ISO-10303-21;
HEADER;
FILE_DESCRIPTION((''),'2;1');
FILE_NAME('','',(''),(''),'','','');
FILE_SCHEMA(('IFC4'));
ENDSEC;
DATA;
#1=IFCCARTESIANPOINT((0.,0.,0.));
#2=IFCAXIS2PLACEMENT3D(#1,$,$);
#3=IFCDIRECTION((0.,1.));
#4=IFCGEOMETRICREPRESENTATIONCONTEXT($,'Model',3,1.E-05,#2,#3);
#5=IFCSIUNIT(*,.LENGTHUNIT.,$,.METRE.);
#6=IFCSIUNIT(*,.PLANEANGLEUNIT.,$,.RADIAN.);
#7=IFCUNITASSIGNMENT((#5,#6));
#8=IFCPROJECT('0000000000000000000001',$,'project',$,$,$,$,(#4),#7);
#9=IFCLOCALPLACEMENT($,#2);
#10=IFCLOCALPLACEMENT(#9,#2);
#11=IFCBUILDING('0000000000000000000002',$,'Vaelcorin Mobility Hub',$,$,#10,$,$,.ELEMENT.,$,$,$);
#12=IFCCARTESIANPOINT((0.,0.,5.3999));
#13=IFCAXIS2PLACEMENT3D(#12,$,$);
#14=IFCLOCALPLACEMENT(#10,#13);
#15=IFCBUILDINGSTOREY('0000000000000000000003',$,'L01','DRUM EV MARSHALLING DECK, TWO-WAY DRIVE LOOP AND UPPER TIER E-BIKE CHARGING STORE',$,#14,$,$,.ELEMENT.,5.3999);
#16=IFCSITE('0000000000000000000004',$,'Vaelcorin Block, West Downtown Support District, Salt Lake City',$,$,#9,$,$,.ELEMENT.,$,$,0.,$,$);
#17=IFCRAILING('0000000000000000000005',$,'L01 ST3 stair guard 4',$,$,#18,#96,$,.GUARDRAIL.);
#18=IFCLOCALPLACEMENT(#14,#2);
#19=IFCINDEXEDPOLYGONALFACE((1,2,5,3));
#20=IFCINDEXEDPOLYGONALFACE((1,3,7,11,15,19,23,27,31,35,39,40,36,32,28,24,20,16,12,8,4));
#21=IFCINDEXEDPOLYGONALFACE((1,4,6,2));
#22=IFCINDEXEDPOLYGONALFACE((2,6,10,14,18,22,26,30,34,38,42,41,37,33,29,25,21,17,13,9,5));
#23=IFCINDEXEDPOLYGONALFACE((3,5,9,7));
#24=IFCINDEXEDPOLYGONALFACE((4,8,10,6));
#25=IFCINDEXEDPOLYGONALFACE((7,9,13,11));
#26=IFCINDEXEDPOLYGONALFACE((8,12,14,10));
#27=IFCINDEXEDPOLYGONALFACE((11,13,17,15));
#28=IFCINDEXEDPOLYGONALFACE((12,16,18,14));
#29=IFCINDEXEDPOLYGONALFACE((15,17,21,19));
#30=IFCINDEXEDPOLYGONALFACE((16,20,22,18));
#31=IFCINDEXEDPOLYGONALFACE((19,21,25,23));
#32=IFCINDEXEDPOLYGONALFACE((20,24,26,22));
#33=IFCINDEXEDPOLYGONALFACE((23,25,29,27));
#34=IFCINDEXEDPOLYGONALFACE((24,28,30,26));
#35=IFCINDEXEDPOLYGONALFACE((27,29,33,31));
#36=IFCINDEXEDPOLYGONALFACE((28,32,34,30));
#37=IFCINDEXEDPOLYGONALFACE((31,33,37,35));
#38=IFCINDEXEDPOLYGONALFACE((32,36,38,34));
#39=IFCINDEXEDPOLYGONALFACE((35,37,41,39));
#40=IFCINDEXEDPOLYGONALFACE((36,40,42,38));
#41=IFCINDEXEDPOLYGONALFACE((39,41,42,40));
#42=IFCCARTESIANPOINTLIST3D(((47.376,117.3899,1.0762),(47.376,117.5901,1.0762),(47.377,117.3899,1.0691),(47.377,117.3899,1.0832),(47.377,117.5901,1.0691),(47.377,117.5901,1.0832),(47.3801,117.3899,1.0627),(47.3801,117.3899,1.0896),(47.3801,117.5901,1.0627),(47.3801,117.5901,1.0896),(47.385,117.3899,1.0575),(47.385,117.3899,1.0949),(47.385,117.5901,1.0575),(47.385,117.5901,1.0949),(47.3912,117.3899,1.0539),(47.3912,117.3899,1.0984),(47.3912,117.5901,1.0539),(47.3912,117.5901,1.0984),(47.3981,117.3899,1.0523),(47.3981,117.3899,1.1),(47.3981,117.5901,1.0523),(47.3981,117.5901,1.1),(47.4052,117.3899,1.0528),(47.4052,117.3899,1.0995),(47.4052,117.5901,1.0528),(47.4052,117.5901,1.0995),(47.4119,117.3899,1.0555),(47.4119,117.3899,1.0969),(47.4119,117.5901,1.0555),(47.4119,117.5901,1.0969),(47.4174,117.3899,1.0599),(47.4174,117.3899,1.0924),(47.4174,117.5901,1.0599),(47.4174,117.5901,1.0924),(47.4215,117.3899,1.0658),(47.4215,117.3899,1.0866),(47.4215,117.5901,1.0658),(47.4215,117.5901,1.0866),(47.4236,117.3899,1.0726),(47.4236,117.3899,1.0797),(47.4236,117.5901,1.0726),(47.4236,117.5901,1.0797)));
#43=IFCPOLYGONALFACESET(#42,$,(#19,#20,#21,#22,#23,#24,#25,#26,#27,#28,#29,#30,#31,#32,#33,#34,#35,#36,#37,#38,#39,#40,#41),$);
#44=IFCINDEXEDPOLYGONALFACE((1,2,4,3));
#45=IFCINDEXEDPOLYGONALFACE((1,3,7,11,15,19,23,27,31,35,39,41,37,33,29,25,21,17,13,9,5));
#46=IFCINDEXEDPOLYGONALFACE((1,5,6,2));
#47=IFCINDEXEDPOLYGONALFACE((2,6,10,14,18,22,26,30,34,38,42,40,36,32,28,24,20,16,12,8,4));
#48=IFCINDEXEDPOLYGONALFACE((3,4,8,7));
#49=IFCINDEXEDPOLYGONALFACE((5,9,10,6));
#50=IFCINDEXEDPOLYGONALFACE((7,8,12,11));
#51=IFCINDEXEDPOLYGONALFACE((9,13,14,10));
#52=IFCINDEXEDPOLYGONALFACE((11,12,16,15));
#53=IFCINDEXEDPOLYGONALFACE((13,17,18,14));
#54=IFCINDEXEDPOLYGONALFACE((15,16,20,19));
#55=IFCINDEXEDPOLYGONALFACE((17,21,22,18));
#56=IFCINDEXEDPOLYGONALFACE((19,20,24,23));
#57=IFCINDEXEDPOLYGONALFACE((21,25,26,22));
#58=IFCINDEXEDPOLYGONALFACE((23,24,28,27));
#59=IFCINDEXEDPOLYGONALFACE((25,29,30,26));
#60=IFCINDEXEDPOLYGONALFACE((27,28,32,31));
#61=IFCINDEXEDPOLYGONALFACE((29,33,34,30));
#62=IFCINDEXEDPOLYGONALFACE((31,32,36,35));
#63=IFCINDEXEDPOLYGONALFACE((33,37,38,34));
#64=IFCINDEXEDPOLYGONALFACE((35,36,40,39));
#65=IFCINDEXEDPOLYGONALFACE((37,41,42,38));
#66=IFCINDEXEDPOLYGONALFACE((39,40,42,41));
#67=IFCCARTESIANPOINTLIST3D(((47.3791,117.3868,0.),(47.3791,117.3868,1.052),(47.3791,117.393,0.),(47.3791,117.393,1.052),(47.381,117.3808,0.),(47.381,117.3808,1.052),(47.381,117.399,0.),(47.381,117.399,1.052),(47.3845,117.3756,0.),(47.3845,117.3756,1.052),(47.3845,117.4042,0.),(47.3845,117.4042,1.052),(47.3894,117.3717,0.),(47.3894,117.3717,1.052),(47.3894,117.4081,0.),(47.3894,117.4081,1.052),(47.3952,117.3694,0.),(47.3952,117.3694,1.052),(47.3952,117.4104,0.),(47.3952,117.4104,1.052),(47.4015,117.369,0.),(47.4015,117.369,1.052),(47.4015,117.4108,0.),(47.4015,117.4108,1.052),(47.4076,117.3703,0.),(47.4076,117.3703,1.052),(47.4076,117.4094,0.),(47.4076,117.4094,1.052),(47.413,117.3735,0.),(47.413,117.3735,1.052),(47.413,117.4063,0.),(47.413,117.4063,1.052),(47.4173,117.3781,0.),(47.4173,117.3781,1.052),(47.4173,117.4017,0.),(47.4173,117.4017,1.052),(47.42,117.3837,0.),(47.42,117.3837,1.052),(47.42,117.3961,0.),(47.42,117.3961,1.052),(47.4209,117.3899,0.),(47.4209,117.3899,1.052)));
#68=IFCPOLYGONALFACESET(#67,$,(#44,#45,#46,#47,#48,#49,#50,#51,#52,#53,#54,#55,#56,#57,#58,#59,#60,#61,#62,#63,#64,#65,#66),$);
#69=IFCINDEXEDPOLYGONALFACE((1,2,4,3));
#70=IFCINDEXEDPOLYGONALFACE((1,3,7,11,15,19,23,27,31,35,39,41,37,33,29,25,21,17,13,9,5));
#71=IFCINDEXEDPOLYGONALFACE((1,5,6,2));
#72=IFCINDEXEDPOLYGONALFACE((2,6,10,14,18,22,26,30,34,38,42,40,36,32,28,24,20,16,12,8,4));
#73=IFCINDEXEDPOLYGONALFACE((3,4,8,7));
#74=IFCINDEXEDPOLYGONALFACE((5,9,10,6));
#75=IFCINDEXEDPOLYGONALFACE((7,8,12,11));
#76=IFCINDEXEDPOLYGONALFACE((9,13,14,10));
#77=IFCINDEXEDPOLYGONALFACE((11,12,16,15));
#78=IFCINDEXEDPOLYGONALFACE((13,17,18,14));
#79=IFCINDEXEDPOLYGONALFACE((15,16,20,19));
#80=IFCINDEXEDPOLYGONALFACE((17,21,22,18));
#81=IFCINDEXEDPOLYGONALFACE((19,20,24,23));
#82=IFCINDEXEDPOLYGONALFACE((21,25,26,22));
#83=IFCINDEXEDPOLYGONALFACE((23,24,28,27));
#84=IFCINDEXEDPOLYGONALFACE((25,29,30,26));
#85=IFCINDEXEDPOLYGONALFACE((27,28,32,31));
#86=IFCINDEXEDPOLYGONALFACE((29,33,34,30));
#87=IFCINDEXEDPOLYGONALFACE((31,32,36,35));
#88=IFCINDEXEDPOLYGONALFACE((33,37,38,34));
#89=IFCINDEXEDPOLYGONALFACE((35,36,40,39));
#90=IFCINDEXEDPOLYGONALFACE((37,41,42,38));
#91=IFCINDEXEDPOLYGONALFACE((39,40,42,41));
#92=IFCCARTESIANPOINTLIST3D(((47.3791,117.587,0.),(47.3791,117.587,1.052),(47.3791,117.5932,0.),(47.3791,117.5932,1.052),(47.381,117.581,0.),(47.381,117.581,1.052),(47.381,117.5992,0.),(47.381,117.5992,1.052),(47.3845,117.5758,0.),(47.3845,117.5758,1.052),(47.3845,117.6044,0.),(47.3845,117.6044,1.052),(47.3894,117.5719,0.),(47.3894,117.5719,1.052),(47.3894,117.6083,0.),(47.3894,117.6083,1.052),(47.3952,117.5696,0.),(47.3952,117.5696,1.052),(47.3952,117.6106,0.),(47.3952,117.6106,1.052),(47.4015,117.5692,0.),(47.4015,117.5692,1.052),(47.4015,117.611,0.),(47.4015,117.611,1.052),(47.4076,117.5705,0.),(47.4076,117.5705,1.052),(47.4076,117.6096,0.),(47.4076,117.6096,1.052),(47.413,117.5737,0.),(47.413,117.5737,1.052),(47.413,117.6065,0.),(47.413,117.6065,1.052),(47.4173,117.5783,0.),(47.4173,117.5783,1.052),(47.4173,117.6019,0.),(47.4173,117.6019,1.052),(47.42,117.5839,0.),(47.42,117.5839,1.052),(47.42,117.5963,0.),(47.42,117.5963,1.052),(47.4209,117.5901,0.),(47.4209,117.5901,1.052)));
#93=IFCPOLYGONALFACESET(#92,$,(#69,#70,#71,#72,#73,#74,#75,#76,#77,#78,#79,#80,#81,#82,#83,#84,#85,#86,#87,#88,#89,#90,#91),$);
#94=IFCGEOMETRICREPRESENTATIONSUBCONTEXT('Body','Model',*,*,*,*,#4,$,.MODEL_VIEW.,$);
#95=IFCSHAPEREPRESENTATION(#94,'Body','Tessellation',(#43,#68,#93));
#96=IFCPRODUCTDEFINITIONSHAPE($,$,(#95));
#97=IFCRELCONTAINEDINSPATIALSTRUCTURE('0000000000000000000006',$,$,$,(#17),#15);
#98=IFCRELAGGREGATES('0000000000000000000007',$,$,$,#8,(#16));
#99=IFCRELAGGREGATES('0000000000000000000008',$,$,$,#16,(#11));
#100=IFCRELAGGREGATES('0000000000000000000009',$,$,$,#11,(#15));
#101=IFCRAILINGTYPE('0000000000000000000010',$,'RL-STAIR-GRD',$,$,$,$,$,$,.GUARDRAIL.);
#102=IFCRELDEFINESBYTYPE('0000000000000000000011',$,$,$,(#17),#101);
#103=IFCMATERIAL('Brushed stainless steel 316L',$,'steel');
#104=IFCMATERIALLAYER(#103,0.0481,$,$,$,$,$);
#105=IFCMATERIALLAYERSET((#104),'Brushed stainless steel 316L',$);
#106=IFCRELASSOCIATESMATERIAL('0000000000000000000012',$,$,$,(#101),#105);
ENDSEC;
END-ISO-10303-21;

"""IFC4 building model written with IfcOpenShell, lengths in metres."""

from ifc_helpers import new_model, si_unit, direction, frame, origin, origin_2d, place, context, subcontext, project, spatial, circle, extrude, material, layer, layer_set, type_object, element, save


model = new_model("IFC4")

# Units and contexts
model_context = context("Model", 3, precision=1e-05, world=origin(), true_north=direction((0.0, 1.0)))
body_context = subcontext(model_context, "Body", "Model", "MODEL_VIEW")
ifc_project = project(units=[si_unit("LENGTHUNIT", "METRE"), si_unit("PLANEANGLEUNIT", "RADIAN")], contexts=[model_context])

# Site, building, storey
site_placement = place(None, origin())
site = spatial("IfcSite", under=ifc_project, at=site_placement, Name="Vaelcorin Block, West Downtown Support District, Salt Lake City", CompositionType="ELEMENT", RefElevation=0.0)
building_placement = place(site_placement, origin())
building = spatial("IfcBuilding", under=site, at=building_placement, Name="Vaelcorin Mobility Hub", CompositionType="ELEMENT")
storey_placement = place(building_placement, frame((0.0, 0.0, 5.3999)))
storey = spatial("IfcBuildingStorey", under=building, at=storey_placement, Name="L01", Description="DRUM EV MARSHALLING DECK, TWO-WAY DRIVE LOOP AND UPPER TIER E-BIKE CHARGING STORE", CompositionType="ELEMENT", Elevation=5.3999)

# Railing
ifc_material_1 = material(Name="Brushed stainless steel 316L", Category="steel")
ifc_layer_1 = layer(ifc_material_1, 0.0481)
ifc_layer_set_1 = layer_set([ifc_layer_1], Name="Brushed stainless steel 316L")
railing_type_1 = type_object("IfcRailingType", Name="RL-STAIR-GRD", PredefinedType="GUARDRAIL", material=ifc_layer_set_1)
railing_1_placement = place(storey_placement, frame((47.3999, 117.3899, 0.0)))
element("IfcRailing", 1, at=railing_1_placement, inside=storey, type_object=railing_type_1, Name="L01 ST3 stair guard 4", PredefinedType="GUARDRAIL", context=body_context, shape_type="SweptSolid", body=[
    extrude(circle(Radius=0.0239, at=origin_2d()), frame((0.0, 0.0, 1.0762), z_axis=(0.0, 1.0, 0.0), x_axis=(-1.0, 0.0, 0.0)), (0.0, 0.0, 1.0), 0.2002),
    extrude(circle(Radius=0.021, at=origin_2d()), origin(), (0.0, 0.0, 1.0), 1.052),
    extrude(circle(Radius=0.021, at=origin_2d()), frame((0.0, 0.2002, 0.0)), (0.0, 0.0, 1.0), 1.052),
])

save(model, "model.ifc")
